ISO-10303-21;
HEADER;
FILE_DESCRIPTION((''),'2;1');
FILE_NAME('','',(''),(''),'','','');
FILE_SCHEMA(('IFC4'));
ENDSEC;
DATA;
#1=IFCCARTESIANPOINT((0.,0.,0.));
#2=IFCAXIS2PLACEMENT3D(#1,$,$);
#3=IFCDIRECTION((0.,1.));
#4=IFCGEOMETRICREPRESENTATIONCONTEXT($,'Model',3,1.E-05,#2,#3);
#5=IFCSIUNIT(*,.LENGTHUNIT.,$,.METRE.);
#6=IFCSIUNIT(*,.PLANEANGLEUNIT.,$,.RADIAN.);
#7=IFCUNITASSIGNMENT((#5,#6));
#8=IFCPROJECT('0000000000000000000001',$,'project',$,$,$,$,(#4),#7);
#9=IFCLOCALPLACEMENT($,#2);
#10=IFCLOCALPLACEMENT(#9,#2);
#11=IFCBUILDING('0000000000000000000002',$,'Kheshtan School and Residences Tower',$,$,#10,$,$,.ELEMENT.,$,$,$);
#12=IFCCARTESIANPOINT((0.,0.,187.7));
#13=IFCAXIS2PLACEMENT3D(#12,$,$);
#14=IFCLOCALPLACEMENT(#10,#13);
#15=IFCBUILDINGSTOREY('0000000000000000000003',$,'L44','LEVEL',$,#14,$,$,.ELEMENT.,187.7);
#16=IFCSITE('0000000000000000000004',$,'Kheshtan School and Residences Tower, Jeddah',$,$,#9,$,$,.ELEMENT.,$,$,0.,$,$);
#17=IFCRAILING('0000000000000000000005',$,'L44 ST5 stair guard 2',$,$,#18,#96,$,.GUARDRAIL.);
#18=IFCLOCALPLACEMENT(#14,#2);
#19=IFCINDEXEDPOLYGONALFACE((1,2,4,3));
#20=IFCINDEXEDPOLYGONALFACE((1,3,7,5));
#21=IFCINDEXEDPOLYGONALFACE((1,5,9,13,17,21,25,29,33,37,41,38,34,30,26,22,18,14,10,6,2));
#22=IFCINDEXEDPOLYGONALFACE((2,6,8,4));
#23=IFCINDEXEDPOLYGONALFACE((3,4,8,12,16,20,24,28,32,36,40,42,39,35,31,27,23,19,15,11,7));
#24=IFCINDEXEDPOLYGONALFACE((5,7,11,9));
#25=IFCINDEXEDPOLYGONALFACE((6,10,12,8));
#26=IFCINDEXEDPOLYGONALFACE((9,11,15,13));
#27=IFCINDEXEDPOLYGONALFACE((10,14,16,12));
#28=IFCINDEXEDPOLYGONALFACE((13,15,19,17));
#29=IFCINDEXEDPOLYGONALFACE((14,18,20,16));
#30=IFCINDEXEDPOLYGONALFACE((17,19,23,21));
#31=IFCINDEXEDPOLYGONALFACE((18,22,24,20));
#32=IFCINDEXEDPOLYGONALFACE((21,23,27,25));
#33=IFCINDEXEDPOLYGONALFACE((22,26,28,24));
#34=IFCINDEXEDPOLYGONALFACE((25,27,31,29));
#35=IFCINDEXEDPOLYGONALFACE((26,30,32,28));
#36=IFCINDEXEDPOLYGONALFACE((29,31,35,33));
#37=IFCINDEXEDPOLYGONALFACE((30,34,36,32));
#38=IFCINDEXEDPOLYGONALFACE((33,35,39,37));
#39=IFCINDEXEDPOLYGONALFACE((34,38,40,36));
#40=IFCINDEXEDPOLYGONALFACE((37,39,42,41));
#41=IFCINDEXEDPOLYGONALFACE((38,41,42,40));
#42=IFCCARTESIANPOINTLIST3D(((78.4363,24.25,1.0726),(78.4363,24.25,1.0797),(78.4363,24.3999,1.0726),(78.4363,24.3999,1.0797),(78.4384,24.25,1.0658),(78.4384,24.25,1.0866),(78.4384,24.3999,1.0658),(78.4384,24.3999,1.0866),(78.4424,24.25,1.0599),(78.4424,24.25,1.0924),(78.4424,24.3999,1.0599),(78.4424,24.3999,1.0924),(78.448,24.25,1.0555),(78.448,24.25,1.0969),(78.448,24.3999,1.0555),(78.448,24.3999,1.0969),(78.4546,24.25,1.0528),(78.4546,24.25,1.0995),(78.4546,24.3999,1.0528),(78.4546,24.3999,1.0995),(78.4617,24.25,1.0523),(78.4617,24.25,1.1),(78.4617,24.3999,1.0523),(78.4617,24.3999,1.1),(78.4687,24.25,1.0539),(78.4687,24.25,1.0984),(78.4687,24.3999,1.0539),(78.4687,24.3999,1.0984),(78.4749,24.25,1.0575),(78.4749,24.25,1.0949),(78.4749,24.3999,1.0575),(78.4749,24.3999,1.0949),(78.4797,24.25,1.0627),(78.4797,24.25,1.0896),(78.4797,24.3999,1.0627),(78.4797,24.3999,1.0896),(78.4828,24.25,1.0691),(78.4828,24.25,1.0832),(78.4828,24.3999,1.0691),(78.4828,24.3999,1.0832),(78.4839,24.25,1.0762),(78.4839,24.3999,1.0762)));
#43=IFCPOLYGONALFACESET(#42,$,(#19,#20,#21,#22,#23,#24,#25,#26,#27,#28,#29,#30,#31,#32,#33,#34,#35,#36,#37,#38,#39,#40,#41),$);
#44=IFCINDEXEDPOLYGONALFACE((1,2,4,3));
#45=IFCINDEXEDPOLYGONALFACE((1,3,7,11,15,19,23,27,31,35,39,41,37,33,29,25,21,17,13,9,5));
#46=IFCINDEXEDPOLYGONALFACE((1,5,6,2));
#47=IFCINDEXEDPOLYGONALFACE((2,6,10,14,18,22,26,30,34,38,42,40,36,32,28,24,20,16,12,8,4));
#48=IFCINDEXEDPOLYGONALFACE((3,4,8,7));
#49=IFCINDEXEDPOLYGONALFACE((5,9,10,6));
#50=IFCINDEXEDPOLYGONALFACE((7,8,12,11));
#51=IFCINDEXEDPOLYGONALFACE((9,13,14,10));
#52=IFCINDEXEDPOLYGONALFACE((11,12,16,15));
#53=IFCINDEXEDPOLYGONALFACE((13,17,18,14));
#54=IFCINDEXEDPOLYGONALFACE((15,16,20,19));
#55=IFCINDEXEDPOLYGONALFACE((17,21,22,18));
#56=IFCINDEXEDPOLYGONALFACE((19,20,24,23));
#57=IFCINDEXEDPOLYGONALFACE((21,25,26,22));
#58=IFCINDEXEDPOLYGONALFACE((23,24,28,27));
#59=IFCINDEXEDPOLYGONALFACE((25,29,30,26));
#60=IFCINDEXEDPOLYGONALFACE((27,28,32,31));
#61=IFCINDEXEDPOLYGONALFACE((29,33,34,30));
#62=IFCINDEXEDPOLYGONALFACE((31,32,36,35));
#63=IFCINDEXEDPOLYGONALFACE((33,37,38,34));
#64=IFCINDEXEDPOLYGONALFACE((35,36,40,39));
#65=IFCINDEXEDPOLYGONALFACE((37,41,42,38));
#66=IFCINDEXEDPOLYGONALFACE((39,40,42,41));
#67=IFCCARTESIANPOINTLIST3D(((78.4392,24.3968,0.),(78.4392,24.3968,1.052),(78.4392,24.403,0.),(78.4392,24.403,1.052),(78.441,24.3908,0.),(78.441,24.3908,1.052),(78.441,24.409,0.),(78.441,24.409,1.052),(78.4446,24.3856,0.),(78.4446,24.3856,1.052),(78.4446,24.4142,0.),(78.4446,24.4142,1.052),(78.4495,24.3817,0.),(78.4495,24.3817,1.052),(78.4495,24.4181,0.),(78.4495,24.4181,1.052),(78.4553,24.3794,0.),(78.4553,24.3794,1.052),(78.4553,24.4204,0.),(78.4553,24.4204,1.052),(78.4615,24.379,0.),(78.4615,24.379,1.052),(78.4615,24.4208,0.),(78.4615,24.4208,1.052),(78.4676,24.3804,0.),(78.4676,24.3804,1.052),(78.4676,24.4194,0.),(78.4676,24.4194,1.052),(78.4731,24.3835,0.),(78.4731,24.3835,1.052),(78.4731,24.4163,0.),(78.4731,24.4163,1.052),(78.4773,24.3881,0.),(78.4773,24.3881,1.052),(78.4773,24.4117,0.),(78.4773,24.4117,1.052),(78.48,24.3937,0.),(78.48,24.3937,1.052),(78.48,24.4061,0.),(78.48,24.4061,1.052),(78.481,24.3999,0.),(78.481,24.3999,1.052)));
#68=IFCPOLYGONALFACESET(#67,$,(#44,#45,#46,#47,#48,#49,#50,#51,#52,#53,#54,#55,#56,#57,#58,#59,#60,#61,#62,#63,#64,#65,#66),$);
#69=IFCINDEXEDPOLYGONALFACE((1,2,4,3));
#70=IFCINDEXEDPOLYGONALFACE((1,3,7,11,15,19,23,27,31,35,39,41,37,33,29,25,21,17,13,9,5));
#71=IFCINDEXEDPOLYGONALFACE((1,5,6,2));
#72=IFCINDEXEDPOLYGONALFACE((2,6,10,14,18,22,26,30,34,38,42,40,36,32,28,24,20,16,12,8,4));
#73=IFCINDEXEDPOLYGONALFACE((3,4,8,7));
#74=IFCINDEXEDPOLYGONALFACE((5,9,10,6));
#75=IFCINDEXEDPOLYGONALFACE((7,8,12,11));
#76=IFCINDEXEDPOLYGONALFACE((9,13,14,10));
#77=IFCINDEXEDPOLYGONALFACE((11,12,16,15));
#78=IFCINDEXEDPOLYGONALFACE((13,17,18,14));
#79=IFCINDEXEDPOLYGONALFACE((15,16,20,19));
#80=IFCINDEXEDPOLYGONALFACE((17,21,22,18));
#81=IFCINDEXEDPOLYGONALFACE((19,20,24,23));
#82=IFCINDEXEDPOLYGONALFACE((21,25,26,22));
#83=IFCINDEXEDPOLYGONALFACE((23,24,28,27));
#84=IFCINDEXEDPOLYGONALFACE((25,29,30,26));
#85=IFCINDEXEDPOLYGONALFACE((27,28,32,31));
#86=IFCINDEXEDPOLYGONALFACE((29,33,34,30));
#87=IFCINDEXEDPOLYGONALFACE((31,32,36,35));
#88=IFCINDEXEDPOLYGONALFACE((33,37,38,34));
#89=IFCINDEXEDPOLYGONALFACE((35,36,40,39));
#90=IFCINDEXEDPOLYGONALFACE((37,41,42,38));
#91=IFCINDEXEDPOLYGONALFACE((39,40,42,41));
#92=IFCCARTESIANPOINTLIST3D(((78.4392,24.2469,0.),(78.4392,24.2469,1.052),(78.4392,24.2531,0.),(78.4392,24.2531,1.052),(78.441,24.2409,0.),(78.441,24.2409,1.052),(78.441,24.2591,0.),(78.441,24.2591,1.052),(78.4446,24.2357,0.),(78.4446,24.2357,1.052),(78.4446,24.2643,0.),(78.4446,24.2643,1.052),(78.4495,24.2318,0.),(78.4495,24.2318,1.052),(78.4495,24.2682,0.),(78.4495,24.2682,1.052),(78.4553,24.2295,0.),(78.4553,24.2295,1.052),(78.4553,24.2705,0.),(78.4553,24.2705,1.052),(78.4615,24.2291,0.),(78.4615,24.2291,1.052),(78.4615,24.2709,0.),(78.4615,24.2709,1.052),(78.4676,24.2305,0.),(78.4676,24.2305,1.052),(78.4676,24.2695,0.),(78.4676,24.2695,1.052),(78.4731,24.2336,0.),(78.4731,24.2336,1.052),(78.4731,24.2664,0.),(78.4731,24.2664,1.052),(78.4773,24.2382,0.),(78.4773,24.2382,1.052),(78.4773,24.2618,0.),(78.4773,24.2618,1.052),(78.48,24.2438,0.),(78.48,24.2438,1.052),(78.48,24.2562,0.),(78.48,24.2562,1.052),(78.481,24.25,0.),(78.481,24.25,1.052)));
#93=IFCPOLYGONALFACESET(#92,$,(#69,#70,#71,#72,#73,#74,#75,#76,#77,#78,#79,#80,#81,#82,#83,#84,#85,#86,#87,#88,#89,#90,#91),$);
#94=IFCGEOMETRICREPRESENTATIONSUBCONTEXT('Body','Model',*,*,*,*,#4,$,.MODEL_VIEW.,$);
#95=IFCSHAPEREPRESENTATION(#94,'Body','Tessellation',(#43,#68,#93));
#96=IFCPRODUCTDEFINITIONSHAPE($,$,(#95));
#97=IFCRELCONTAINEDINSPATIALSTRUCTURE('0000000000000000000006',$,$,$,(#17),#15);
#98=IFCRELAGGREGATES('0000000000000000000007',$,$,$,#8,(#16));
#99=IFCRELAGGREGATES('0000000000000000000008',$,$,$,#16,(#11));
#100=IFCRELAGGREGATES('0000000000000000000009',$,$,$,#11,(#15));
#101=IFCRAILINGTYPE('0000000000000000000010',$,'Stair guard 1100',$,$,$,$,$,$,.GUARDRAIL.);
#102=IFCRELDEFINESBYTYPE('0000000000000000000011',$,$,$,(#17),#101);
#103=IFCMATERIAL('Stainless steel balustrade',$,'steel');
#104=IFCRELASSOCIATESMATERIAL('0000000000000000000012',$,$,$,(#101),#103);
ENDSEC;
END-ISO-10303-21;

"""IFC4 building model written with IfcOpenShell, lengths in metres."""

from ifc_helpers import new_model, si_unit, direction, frame, origin, origin_2d, place, context, subcontext, project, spatial, circle, extrude, material, type_object, element, save


model = new_model("IFC4")

# Units and contexts
model_context = context("Model", 3, precision=1e-05, world=origin(), true_north=direction((0.0, 1.0)))
body_context = subcontext(model_context, "Body", "Model", "MODEL_VIEW")
ifc_project = project(units=[si_unit("LENGTHUNIT", "METRE"), si_unit("PLANEANGLEUNIT", "RADIAN")], contexts=[model_context])

# Site, building, storey
site_placement = place(None, origin())
site = spatial("IfcSite", under=ifc_project, at=site_placement, Name="Kheshtan School and Residences Tower, Jeddah", CompositionType="ELEMENT", RefElevation=0.0)
building_placement = place(site_placement, origin())
building = spatial("IfcBuilding", under=site, at=building_placement, Name="Kheshtan School and Residences Tower", CompositionType="ELEMENT")
storey_placement = place(building_placement, frame((0.0, 0.0, 187.7)))
storey = spatial("IfcBuildingStorey", under=building, at=storey_placement, Name="L44", Description="LEVEL", CompositionType="ELEMENT", Elevation=187.7)

# Railing
ifc_material_1 = material(Name="Stainless steel balustrade", Category="steel")
railing_type_1 = type_object("IfcRailingType", Name="Stair guard 1100", PredefinedType="GUARDRAIL", material=ifc_material_1)
railing_1_placement = place(storey_placement, frame((78.46, 24.3999, 0.0)))
element("IfcRailing", 1, at=railing_1_placement, inside=storey, type_object=railing_type_1, Name="L44 ST5 stair guard 2", PredefinedType="GUARDRAIL", context=body_context, shape_type="SweptSolid", body=[
    extrude(circle(Radius=0.0239, at=origin_2d()), frame((0.0, 0.0, 1.0762), z_axis=(0.0, -1.0, 0.0), x_axis=(1.0, 0.0, 0.0)), (0.0, 0.0, 1.0), 0.1499),
    extrude(circle(Radius=0.021, at=origin_2d()), origin(), (0.0, 0.0, 1.0), 1.052),
    extrude(circle(Radius=0.021, at=origin_2d()), frame((0.0, -0.1499, 0.0)), (0.0, 0.0, 1.0), 1.052),
])

save(model, "model.ifc")
